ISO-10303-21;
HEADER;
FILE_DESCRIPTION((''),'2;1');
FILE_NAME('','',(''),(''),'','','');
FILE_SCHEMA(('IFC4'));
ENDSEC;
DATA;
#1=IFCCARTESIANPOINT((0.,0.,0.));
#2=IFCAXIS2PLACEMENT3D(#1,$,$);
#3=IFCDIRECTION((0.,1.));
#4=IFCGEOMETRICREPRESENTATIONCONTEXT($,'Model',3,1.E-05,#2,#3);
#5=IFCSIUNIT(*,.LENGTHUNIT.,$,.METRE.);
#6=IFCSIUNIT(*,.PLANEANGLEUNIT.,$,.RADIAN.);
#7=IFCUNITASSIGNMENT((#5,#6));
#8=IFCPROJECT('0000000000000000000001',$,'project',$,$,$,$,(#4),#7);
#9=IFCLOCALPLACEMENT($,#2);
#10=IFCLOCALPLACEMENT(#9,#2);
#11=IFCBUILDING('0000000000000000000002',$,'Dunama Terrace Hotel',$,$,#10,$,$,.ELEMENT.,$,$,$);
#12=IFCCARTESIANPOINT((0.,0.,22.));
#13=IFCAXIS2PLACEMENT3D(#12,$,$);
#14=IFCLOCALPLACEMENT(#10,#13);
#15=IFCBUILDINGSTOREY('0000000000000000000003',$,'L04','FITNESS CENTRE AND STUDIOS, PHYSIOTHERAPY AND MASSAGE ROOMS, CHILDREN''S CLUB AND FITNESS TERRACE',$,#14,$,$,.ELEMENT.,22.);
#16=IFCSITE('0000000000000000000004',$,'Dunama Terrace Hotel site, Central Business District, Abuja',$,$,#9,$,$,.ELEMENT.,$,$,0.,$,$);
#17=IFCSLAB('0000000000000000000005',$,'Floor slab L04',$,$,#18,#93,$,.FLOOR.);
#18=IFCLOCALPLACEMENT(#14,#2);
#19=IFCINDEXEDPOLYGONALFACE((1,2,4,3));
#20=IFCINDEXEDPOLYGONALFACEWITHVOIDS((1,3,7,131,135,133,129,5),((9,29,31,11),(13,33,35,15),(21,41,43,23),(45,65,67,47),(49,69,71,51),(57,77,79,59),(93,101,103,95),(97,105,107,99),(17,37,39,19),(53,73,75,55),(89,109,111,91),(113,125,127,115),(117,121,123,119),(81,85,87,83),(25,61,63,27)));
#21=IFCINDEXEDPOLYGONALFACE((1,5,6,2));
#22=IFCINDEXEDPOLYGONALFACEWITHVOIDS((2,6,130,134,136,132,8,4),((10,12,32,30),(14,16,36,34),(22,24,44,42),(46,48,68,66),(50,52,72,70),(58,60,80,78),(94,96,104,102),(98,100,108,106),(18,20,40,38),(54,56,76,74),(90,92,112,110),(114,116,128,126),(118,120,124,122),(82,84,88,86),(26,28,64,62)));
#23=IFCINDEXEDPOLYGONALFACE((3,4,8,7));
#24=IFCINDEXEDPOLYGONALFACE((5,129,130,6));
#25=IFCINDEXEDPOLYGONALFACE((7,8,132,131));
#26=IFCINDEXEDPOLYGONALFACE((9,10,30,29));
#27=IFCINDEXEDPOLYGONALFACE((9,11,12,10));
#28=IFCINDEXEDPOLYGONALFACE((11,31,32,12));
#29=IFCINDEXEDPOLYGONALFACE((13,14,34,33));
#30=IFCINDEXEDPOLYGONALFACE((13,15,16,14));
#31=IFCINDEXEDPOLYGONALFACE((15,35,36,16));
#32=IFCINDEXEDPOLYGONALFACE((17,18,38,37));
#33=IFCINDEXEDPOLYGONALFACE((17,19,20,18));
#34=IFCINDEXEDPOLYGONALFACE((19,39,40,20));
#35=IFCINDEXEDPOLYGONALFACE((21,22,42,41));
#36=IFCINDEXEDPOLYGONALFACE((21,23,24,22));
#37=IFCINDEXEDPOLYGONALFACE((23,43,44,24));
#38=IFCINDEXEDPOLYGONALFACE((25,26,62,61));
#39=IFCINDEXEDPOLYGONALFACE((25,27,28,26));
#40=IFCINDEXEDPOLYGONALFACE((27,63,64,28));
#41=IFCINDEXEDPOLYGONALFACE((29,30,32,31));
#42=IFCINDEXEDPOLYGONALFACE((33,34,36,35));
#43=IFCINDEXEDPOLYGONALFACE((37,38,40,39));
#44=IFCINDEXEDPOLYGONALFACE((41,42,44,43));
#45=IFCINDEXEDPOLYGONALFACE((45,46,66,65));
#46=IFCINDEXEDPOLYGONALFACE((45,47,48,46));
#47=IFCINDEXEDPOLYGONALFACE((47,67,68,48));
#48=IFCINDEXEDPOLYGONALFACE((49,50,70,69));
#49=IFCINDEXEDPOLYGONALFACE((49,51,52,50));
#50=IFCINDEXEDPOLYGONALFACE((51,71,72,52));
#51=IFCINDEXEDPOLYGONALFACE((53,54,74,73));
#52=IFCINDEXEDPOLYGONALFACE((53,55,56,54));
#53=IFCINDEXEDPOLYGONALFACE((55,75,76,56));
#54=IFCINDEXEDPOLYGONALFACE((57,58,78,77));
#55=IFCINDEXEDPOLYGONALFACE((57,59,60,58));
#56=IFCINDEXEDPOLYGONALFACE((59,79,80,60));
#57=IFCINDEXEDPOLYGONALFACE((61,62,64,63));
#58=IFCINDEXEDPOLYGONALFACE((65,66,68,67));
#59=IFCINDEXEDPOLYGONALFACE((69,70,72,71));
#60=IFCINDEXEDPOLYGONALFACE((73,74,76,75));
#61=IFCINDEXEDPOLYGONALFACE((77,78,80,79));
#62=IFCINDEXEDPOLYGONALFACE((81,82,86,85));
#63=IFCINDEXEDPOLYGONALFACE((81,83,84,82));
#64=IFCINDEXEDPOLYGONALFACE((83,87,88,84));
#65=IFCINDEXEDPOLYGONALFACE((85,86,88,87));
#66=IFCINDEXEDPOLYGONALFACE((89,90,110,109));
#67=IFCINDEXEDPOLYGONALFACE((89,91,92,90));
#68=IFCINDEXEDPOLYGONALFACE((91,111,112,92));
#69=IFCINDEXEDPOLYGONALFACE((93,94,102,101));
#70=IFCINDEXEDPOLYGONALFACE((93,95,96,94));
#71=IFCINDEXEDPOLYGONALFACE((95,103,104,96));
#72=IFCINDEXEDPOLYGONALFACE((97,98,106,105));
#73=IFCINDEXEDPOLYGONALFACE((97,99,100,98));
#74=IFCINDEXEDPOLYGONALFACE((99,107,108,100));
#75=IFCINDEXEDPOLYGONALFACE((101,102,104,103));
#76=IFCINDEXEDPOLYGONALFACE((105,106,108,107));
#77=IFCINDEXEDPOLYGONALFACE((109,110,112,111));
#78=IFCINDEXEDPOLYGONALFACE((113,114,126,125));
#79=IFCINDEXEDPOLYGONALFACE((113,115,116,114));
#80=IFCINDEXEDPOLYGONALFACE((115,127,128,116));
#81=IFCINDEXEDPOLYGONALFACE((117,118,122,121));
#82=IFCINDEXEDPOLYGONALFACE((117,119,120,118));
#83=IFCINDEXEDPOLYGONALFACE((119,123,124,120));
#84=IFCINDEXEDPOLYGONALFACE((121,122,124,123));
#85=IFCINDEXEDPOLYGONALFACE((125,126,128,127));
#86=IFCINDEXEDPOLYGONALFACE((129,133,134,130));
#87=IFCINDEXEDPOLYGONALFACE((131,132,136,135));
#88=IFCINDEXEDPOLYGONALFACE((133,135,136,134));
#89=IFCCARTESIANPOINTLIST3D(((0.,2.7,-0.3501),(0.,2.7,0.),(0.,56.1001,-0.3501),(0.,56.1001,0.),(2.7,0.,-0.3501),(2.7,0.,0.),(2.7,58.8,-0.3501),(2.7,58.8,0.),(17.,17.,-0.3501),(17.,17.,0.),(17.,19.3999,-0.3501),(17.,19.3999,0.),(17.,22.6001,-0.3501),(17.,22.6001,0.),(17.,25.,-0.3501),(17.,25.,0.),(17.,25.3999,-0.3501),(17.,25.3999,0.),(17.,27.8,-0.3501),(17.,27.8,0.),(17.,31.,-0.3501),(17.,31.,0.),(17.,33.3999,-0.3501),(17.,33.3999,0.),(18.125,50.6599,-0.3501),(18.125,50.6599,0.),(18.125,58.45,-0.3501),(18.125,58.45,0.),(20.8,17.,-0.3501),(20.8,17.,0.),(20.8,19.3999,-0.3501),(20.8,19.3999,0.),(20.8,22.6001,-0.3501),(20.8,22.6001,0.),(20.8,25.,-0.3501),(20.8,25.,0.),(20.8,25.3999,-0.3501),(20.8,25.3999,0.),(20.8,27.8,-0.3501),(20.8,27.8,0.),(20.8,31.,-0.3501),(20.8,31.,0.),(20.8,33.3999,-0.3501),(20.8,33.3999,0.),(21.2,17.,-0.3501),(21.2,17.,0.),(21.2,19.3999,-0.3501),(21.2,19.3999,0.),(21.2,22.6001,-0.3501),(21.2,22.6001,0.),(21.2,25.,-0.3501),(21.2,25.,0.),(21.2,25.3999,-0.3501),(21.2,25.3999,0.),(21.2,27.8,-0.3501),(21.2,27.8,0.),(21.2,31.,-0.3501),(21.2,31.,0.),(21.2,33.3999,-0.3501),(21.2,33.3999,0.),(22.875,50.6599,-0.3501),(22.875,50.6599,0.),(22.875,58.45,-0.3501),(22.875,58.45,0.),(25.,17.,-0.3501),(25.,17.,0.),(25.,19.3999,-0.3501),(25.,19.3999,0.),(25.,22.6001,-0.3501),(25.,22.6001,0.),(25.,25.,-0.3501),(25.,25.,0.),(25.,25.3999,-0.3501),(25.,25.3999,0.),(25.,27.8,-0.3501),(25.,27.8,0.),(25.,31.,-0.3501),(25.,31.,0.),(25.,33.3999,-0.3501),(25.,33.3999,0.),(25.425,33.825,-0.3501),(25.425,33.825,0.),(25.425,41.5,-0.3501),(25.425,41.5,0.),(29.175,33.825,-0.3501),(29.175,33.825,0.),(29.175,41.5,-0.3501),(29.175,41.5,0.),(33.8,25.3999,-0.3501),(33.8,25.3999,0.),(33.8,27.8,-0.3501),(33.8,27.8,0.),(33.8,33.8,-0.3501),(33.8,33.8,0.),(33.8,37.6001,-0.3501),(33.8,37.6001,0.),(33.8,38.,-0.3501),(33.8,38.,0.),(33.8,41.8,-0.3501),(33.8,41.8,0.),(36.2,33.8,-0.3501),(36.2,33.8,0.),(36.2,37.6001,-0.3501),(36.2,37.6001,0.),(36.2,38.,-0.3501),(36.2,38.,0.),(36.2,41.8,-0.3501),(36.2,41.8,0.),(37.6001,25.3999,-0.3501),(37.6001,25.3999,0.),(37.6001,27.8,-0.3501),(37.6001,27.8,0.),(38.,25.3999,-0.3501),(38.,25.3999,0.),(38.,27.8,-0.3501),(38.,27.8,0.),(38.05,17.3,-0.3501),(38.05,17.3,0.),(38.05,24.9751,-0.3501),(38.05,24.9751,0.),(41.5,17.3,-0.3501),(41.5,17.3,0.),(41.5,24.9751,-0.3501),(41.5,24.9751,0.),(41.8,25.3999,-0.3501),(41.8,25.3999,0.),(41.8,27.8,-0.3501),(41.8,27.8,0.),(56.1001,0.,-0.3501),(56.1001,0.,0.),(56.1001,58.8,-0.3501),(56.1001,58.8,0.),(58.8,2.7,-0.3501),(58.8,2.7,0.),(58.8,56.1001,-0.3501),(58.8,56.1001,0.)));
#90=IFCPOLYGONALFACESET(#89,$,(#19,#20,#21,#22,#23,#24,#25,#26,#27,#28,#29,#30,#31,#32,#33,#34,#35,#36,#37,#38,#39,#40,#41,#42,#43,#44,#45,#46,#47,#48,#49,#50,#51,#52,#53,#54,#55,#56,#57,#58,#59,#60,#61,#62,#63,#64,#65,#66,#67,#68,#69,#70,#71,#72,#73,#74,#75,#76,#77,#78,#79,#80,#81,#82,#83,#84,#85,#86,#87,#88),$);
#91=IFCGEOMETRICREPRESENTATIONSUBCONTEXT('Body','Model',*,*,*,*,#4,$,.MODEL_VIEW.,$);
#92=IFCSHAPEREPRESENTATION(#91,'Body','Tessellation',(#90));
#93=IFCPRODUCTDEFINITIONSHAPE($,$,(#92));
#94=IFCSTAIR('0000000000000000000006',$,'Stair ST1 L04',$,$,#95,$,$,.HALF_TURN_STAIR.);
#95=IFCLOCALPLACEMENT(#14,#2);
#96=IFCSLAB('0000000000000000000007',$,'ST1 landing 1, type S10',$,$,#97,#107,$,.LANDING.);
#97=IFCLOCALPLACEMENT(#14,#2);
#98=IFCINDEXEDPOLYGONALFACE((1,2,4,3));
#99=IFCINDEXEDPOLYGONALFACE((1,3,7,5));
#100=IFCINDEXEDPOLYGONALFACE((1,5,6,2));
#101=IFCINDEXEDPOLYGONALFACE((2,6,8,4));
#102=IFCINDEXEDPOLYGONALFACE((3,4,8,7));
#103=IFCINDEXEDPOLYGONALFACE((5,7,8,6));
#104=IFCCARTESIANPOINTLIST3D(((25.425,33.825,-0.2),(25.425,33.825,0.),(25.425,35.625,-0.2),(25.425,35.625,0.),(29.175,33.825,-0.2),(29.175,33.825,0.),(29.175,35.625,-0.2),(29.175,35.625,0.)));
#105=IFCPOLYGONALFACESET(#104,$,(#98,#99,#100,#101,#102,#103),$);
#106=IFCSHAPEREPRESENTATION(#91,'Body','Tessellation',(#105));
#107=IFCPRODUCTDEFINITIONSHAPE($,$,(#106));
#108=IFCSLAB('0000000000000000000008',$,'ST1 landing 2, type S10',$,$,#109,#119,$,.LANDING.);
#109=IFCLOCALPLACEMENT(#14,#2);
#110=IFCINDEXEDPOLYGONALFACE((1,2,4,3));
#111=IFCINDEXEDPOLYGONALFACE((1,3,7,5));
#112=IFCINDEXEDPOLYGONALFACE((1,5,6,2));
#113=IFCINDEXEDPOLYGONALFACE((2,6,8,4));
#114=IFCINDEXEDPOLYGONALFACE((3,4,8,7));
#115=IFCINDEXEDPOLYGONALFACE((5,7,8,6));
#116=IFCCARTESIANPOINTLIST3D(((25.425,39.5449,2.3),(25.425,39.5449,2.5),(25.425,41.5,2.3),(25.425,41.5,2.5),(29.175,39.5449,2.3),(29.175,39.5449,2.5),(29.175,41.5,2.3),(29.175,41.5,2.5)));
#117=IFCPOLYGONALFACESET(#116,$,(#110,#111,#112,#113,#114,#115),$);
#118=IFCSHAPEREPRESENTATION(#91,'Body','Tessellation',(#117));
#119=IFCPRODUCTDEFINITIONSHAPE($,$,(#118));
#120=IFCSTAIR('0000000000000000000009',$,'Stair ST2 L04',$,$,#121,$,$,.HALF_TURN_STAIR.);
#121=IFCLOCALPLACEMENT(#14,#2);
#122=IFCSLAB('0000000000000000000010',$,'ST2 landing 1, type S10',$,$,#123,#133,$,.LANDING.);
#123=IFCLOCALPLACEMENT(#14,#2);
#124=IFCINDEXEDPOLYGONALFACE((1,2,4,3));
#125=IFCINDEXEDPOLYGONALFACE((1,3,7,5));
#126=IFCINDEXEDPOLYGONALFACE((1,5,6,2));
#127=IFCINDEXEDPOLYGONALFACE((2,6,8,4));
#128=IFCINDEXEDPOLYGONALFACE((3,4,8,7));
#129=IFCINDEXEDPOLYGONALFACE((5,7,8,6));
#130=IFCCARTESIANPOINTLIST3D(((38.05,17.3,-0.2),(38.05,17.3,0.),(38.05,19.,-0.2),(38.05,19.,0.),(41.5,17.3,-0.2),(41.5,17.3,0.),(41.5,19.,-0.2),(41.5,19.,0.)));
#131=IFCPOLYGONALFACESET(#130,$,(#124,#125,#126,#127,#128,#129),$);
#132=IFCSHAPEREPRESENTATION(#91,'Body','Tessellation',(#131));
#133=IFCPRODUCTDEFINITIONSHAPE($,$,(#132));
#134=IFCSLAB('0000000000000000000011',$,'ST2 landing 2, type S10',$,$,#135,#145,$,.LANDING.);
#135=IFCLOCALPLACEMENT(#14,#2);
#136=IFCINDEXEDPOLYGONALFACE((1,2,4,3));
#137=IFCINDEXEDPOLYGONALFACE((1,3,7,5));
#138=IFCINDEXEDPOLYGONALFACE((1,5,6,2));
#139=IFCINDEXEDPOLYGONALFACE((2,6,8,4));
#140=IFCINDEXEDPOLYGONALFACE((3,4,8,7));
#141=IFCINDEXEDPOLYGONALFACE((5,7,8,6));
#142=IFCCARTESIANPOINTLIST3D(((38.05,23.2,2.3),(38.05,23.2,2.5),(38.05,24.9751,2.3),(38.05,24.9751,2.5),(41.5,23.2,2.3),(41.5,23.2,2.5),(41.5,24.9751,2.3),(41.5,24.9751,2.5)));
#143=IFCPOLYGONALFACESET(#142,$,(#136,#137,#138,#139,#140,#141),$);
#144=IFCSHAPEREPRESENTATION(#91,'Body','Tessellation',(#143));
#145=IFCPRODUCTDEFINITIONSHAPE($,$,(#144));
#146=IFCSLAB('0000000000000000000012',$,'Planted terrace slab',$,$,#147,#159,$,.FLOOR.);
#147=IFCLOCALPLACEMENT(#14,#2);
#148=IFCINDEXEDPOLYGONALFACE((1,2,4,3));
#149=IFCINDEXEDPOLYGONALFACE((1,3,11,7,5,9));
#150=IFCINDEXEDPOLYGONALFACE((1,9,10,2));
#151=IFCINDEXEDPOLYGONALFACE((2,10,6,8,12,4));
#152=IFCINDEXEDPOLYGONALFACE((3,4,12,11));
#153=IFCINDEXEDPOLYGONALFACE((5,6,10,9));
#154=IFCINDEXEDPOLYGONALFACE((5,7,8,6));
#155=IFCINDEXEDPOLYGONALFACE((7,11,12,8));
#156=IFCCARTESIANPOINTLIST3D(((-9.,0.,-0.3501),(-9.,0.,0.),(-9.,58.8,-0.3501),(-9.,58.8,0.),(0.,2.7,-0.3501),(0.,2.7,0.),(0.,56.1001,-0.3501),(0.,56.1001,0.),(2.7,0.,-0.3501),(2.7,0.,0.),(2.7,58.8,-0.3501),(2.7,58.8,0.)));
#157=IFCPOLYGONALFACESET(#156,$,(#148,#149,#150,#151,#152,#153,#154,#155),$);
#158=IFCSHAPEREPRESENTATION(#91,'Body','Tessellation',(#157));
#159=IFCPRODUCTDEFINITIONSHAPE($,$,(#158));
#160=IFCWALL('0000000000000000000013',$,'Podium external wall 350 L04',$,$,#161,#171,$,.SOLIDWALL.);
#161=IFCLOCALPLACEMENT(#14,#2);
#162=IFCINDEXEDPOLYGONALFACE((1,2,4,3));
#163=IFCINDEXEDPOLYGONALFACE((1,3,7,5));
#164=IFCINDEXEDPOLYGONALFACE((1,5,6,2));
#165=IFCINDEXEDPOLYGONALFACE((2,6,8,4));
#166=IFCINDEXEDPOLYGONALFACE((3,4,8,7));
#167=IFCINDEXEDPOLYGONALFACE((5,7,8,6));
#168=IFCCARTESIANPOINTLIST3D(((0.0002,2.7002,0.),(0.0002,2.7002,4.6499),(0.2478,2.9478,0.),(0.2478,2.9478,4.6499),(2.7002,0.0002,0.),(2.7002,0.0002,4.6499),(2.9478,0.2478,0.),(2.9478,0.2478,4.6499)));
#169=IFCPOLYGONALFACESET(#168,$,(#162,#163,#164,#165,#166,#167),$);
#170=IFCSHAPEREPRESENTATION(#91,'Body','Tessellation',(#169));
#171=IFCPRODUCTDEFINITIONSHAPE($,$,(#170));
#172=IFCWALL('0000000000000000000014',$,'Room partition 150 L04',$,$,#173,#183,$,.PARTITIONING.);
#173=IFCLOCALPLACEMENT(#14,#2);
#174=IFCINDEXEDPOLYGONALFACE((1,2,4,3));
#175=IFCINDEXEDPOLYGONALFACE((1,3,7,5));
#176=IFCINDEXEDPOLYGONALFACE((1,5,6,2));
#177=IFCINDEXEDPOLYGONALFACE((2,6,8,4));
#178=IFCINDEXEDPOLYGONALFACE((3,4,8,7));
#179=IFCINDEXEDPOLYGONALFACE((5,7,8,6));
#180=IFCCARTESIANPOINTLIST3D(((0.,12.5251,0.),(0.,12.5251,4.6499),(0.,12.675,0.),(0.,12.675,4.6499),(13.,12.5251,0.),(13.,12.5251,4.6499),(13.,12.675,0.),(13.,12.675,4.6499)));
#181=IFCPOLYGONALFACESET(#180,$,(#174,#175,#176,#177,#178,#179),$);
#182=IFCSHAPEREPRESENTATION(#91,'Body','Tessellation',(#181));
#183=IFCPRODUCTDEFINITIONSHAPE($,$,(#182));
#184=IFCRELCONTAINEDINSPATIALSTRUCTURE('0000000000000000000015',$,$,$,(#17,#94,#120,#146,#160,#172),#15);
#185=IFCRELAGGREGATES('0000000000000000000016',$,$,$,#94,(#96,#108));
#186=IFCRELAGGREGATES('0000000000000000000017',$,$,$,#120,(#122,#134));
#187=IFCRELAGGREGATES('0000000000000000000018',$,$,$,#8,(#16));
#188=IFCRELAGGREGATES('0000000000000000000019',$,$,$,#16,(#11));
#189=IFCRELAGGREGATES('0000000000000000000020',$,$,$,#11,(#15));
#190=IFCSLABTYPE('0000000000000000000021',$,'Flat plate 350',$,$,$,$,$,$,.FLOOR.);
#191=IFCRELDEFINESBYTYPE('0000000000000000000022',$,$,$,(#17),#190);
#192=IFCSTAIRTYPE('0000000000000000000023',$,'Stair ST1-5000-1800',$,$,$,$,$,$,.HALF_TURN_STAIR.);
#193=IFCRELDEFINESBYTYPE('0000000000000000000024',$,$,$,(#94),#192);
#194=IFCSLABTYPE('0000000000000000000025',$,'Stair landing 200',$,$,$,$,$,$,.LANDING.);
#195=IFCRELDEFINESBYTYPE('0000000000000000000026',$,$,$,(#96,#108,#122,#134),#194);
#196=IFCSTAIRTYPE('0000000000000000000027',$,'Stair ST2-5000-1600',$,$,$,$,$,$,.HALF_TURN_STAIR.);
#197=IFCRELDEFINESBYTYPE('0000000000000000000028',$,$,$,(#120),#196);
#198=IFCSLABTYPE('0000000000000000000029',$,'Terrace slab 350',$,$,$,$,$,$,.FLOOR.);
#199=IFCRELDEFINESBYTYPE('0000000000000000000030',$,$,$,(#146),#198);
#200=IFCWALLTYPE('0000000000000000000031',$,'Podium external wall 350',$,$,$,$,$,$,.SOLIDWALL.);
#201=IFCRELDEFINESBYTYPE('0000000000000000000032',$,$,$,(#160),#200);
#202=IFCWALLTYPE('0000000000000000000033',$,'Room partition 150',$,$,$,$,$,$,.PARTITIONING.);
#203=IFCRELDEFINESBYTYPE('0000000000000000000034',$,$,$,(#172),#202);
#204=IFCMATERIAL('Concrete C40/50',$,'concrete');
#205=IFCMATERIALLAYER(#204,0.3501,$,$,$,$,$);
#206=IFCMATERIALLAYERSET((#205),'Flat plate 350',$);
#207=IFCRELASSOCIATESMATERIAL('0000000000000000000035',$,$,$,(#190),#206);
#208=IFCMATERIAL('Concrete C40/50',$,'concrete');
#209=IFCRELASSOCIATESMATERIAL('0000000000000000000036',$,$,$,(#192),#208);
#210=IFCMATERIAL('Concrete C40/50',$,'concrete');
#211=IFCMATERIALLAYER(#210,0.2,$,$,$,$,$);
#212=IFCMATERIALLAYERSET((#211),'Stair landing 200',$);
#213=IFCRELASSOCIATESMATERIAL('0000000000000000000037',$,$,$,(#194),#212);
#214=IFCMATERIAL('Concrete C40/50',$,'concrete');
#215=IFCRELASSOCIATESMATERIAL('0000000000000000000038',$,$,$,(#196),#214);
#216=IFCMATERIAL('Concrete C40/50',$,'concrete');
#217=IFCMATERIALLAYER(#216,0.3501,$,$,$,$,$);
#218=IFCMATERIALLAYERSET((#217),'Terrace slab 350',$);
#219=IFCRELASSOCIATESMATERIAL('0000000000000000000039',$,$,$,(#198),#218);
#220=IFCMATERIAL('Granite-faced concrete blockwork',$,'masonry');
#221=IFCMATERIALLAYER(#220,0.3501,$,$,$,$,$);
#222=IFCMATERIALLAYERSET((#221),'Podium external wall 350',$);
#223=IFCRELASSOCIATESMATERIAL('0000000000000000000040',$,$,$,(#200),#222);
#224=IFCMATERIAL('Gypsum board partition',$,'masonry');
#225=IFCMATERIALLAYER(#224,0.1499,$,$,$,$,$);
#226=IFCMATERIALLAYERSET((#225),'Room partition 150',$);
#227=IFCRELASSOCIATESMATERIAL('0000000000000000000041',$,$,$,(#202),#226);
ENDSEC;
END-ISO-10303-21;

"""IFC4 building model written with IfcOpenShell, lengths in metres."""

from ifc_helpers import new_model, si_unit, direction, frame, frame_2d, origin, place, context, subcontext, project, spatial, polyline, rectangle, outline, extrude, material, layer, layer_set, type_object, element, aggregate, save


model = new_model("IFC4")

# Units and contexts
model_context = context("Model", 3, precision=1e-05, world=origin(), true_north=direction((0.0, 1.0)))
body_context = subcontext(model_context, "Body", "Model", "MODEL_VIEW")
ifc_project = project(units=[si_unit("LENGTHUNIT", "METRE"), si_unit("PLANEANGLEUNIT", "RADIAN")], contexts=[model_context])

# Site, building, storey
site_placement = place(None, origin())
site = spatial("IfcSite", under=ifc_project, at=site_placement, Name="Dunama Terrace Hotel site, Central Business District, Abuja", CompositionType="ELEMENT", RefElevation=0.0)
building_placement = place(site_placement, origin())
building = spatial("IfcBuilding", under=site, at=building_placement, Name="Dunama Terrace Hotel", CompositionType="ELEMENT")
storey_placement = place(building_placement, frame((0.0, 0.0, 22.0)))
storey = spatial("IfcBuildingStorey", under=building, at=storey_placement, Name="L04", Description="FITNESS CENTRE AND STUDIOS, PHYSIOTHERAPY AND MASSAGE ROOMS, CHILDREN'S CLUB AND FITNESS TERRACE", CompositionType="ELEMENT", Elevation=22.0)

# Slab
ifc_material_1 = material(Name="Concrete C40/50", Category="concrete")
ifc_layer_1 = layer(ifc_material_1, 0.3501)
ifc_layer_set_1 = layer_set([ifc_layer_1], Name="Flat plate 350")
slab_type_1 = type_object("IfcSlabType", Name="Flat plate 350", PredefinedType="FLOOR", material=ifc_layer_set_1)
slab_1_placement = place(storey_placement, frame((0.0, 0.0, -0.3501)))
element("IfcSlab", 1, at=slab_1_placement, inside=storey, type_object=slab_type_1, Name="Floor slab L04", PredefinedType="FLOOR", context=body_context, shape_type="SweptSolid", body=[
    extrude(outline(polyline([(2.7, 0.0), (56.1001, 0.0), (58.8, 2.7), (58.8, 56.1001), (56.1001, 58.8), (2.7, 58.8), (0.0, 56.1001), (0.0, 2.7), (2.7, 0.0)]), holes=[polyline([(20.8, 25.3999), (20.8, 27.8), (17.0, 27.8), (17.0, 25.3999), (20.8, 25.3999)]), polyline([(25.0, 25.3999), (25.0, 27.8), (21.2, 27.8), (21.2, 25.3999), (25.0, 25.3999)]), polyline([(20.8, 31.0), (20.8, 33.3999), (17.0, 33.3999), (17.0, 31.0), (20.8, 31.0)]), polyline([(25.0, 31.0), (25.0, 33.3999), (21.2, 33.3999), (21.2, 31.0), (25.0, 31.0)]), polyline([(37.6001, 25.3999), (37.6001, 27.8), (33.8, 27.8), (33.8, 25.3999), (37.6001, 25.3999)]), polyline([(41.8, 25.3999), (41.8, 27.8), (38.0, 27.8), (38.0, 25.3999), (41.8, 25.3999)]), polyline([(20.8, 17.0), (20.8, 19.3999), (17.0, 19.3999), (17.0, 17.0), (20.8, 17.0)]), polyline([(25.0, 17.0), (25.0, 19.3999), (21.2, 19.3999), (21.2, 17.0), (25.0, 17.0)]), polyline([(20.8, 22.6001), (20.8, 25.0), (17.0, 25.0), (17.0, 22.6001), (20.8, 22.6001)]), polyline([(25.0, 22.6001), (25.0, 25.0), (21.2, 25.0), (21.2, 22.6001), (25.0, 22.6001)]), polyline([(36.2, 38.0), (36.2, 41.8), (33.8, 41.8), (33.8, 38.0), (36.2, 38.0)]), polyline([(36.2, 33.8), (36.2, 37.6001), (33.8, 37.6001), (33.8, 33.8), (36.2, 33.8)]), polyline([(29.175, 33.825), (29.175, 41.5), (25.425, 41.5), (25.425, 33.825), (29.175, 33.825)]), polyline([(41.5, 17.3), (41.5, 24.9751), (38.05, 24.9751), (38.05, 17.3), (41.5, 17.3)]), polyline([(22.875, 50.6599), (22.875, 58.45), (18.125, 58.45), (18.125, 50.6599), (22.875, 50.6599)])]), origin(), (0.0, 0.0, 1.0), 0.3501),
])

# Stairs, slabs
ifc_material_2 = material(Name="Concrete C40/50", Category="concrete")
stair_type_1 = type_object("IfcStairType", Name="Stair ST1-5000-1800", PredefinedType="HALF_TURN_STAIR", material=ifc_material_2)
stair_1_placement = place(storey_placement, origin())
stair_1 = element("IfcStair", 2, at=stair_1_placement, inside=storey, type_object=stair_type_1, Name="Stair ST1 L04", PredefinedType="HALF_TURN_STAIR")
ifc_material_3 = material(Name="Concrete C40/50", Category="concrete")
ifc_layer_2 = layer(ifc_material_3, 0.2)
ifc_layer_set_2 = layer_set([ifc_layer_2], Name="Stair landing 200")
slab_type_2 = type_object("IfcSlabType", Name="Stair landing 200", PredefinedType="LANDING", material=ifc_layer_set_2)
slab_2_placement = place(storey_placement, frame((0.0, 0.0, -0.2)))
slab_2 = element("IfcSlab", 3, at=slab_2_placement, type_object=slab_type_2, Name="ST1 landing 1, type S10", PredefinedType="LANDING", context=body_context, shape_type="SweptSolid", body=[
    extrude(outline(polyline([(25.425, 33.825), (29.175, 33.825), (29.175, 35.625), (25.425, 35.625), (25.425, 33.825)])), origin(), (0.0, 0.0, 1.0), 0.2),
])
slab_3_placement = place(storey_placement, frame((0.0, 0.0, 2.3)))
slab_3 = element("IfcSlab", 4, at=slab_3_placement, type_object=slab_type_2, Name="ST1 landing 2, type S10", PredefinedType="LANDING", context=body_context, shape_type="SweptSolid", body=[
    extrude(outline(polyline([(25.425, 39.5449), (29.175, 39.5449), (29.175, 41.5), (25.425, 41.5), (25.425, 39.5449)])), origin(), (0.0, 0.0, 1.0), 0.2),
])
aggregate(stair_1, [slab_2, slab_3])
ifc_material_4 = material(Name="Concrete C40/50", Category="concrete")
stair_type_2 = type_object("IfcStairType", Name="Stair ST2-5000-1600", PredefinedType="HALF_TURN_STAIR", material=ifc_material_4)
stair_2_placement = place(storey_placement, origin())
stair_2 = element("IfcStair", 5, at=stair_2_placement, inside=storey, type_object=stair_type_2, Name="Stair ST2 L04", PredefinedType="HALF_TURN_STAIR")
slab_4_placement = place(storey_placement, frame((0.0, 0.0, -0.2)))
slab_4 = element("IfcSlab", 6, at=slab_4_placement, type_object=slab_type_2, Name="ST2 landing 1, type S10", PredefinedType="LANDING", context=body_context, shape_type="SweptSolid", body=[
    extrude(outline(polyline([(38.05, 17.3), (41.5, 17.3), (41.5, 19.0), (38.05, 19.0), (38.05, 17.3)])), origin(), (0.0, 0.0, 1.0), 0.2),
])
slab_5_placement = place(storey_placement, frame((0.0, 0.0, 2.3)))
slab_5 = element("IfcSlab", 7, at=slab_5_placement, type_object=slab_type_2, Name="ST2 landing 2, type S10", PredefinedType="LANDING", context=body_context, shape_type="SweptSolid", body=[
    extrude(outline(polyline([(38.05, 23.2), (41.5, 23.2), (41.5, 24.9751), (38.05, 24.9751), (38.05, 23.2)])), origin(), (0.0, 0.0, 1.0), 0.2),
])
aggregate(stair_2, [slab_4, slab_5])

# Slab
ifc_material_5 = material(Name="Concrete C40/50", Category="concrete")
ifc_layer_3 = layer(ifc_material_5, 0.3501)
ifc_layer_set_3 = layer_set([ifc_layer_3], Name="Terrace slab 350")
slab_type_3 = type_object("IfcSlabType", Name="Terrace slab 350", PredefinedType="FLOOR", material=ifc_layer_set_3)
slab_6_placement = place(storey_placement, frame((0.0, 0.0, -0.3501)))
element("IfcSlab", 8, at=slab_6_placement, inside=storey, type_object=slab_type_3, Name="Planted terrace slab", PredefinedType="FLOOR", context=body_context, shape_type="SweptSolid", body=[
    extrude(outline(polyline([(-9.0, 0.0), (-9.0, 58.8), (2.7, 58.8), (0.0, 56.1001), (0.0, 2.7), (2.7, 0.0), (-9.0, 0.0)])), origin(), (0.0, 0.0, 1.0), 0.3501),
])

# Walls
ifc_material_6 = material(Name="Granite-faced concrete blockwork", Category="masonry")
ifc_layer_4 = layer(ifc_material_6, 0.3501)
ifc_layer_set_4 = layer_set([ifc_layer_4], Name="Podium external wall 350")
wall_type_1 = type_object("IfcWallType", Name="Podium external wall 350", PredefinedType="SOLIDWALL", material=ifc_layer_set_4)
wall_placement = place(storey_placement, frame((0.124, 2.824, 0.0), z_axis=(0.0, 0.0, 1.0), x_axis=(0.707107, -0.707107, 0.0)))
element("IfcWall", 9, at=wall_placement, inside=storey, type_object=wall_type_1, Name="Podium external wall 350 L04", PredefinedType="SOLIDWALL", context=body_context, shape_type="SweptSolid", body=[
    extrude(rectangle(XDim=3.8184, YDim=0.3501, at=frame_2d((1.9092, 0.0))), origin(), (0.0, 0.0, 1.0), 4.6499),
])
ifc_material_7 = material(Name="Gypsum board partition", Category="masonry")
ifc_layer_5 = layer(ifc_material_7, 0.1499)
ifc_layer_set_5 = layer_set([ifc_layer_5], Name="Room partition 150")
wall_type_2 = type_object("IfcWallType", Name="Room partition 150", PredefinedType="PARTITIONING", material=ifc_layer_set_5)
for number, where, z_axis, x_axis, name in (
    (10, (0.0, 12.6001, 0.0), (0.0, 0.0, 1.0), (1.0, 0.0, 0.0), "Room partition 150 L04"),
):
    element("IfcWall", number, at=place(storey_placement, frame(where, z_axis=z_axis, x_axis=x_axis)), inside=storey, type_object=wall_type_2, Name=name, PredefinedType="PARTITIONING", context=body_context, shape_type="SweptSolid", body=[
        extrude(rectangle(XDim=13.0, YDim=0.1499, at=frame_2d((6.5, 0.0))), origin(), (0.0, 0.0, 1.0), 4.6499),
    ])

save(model, "model.ifc")
